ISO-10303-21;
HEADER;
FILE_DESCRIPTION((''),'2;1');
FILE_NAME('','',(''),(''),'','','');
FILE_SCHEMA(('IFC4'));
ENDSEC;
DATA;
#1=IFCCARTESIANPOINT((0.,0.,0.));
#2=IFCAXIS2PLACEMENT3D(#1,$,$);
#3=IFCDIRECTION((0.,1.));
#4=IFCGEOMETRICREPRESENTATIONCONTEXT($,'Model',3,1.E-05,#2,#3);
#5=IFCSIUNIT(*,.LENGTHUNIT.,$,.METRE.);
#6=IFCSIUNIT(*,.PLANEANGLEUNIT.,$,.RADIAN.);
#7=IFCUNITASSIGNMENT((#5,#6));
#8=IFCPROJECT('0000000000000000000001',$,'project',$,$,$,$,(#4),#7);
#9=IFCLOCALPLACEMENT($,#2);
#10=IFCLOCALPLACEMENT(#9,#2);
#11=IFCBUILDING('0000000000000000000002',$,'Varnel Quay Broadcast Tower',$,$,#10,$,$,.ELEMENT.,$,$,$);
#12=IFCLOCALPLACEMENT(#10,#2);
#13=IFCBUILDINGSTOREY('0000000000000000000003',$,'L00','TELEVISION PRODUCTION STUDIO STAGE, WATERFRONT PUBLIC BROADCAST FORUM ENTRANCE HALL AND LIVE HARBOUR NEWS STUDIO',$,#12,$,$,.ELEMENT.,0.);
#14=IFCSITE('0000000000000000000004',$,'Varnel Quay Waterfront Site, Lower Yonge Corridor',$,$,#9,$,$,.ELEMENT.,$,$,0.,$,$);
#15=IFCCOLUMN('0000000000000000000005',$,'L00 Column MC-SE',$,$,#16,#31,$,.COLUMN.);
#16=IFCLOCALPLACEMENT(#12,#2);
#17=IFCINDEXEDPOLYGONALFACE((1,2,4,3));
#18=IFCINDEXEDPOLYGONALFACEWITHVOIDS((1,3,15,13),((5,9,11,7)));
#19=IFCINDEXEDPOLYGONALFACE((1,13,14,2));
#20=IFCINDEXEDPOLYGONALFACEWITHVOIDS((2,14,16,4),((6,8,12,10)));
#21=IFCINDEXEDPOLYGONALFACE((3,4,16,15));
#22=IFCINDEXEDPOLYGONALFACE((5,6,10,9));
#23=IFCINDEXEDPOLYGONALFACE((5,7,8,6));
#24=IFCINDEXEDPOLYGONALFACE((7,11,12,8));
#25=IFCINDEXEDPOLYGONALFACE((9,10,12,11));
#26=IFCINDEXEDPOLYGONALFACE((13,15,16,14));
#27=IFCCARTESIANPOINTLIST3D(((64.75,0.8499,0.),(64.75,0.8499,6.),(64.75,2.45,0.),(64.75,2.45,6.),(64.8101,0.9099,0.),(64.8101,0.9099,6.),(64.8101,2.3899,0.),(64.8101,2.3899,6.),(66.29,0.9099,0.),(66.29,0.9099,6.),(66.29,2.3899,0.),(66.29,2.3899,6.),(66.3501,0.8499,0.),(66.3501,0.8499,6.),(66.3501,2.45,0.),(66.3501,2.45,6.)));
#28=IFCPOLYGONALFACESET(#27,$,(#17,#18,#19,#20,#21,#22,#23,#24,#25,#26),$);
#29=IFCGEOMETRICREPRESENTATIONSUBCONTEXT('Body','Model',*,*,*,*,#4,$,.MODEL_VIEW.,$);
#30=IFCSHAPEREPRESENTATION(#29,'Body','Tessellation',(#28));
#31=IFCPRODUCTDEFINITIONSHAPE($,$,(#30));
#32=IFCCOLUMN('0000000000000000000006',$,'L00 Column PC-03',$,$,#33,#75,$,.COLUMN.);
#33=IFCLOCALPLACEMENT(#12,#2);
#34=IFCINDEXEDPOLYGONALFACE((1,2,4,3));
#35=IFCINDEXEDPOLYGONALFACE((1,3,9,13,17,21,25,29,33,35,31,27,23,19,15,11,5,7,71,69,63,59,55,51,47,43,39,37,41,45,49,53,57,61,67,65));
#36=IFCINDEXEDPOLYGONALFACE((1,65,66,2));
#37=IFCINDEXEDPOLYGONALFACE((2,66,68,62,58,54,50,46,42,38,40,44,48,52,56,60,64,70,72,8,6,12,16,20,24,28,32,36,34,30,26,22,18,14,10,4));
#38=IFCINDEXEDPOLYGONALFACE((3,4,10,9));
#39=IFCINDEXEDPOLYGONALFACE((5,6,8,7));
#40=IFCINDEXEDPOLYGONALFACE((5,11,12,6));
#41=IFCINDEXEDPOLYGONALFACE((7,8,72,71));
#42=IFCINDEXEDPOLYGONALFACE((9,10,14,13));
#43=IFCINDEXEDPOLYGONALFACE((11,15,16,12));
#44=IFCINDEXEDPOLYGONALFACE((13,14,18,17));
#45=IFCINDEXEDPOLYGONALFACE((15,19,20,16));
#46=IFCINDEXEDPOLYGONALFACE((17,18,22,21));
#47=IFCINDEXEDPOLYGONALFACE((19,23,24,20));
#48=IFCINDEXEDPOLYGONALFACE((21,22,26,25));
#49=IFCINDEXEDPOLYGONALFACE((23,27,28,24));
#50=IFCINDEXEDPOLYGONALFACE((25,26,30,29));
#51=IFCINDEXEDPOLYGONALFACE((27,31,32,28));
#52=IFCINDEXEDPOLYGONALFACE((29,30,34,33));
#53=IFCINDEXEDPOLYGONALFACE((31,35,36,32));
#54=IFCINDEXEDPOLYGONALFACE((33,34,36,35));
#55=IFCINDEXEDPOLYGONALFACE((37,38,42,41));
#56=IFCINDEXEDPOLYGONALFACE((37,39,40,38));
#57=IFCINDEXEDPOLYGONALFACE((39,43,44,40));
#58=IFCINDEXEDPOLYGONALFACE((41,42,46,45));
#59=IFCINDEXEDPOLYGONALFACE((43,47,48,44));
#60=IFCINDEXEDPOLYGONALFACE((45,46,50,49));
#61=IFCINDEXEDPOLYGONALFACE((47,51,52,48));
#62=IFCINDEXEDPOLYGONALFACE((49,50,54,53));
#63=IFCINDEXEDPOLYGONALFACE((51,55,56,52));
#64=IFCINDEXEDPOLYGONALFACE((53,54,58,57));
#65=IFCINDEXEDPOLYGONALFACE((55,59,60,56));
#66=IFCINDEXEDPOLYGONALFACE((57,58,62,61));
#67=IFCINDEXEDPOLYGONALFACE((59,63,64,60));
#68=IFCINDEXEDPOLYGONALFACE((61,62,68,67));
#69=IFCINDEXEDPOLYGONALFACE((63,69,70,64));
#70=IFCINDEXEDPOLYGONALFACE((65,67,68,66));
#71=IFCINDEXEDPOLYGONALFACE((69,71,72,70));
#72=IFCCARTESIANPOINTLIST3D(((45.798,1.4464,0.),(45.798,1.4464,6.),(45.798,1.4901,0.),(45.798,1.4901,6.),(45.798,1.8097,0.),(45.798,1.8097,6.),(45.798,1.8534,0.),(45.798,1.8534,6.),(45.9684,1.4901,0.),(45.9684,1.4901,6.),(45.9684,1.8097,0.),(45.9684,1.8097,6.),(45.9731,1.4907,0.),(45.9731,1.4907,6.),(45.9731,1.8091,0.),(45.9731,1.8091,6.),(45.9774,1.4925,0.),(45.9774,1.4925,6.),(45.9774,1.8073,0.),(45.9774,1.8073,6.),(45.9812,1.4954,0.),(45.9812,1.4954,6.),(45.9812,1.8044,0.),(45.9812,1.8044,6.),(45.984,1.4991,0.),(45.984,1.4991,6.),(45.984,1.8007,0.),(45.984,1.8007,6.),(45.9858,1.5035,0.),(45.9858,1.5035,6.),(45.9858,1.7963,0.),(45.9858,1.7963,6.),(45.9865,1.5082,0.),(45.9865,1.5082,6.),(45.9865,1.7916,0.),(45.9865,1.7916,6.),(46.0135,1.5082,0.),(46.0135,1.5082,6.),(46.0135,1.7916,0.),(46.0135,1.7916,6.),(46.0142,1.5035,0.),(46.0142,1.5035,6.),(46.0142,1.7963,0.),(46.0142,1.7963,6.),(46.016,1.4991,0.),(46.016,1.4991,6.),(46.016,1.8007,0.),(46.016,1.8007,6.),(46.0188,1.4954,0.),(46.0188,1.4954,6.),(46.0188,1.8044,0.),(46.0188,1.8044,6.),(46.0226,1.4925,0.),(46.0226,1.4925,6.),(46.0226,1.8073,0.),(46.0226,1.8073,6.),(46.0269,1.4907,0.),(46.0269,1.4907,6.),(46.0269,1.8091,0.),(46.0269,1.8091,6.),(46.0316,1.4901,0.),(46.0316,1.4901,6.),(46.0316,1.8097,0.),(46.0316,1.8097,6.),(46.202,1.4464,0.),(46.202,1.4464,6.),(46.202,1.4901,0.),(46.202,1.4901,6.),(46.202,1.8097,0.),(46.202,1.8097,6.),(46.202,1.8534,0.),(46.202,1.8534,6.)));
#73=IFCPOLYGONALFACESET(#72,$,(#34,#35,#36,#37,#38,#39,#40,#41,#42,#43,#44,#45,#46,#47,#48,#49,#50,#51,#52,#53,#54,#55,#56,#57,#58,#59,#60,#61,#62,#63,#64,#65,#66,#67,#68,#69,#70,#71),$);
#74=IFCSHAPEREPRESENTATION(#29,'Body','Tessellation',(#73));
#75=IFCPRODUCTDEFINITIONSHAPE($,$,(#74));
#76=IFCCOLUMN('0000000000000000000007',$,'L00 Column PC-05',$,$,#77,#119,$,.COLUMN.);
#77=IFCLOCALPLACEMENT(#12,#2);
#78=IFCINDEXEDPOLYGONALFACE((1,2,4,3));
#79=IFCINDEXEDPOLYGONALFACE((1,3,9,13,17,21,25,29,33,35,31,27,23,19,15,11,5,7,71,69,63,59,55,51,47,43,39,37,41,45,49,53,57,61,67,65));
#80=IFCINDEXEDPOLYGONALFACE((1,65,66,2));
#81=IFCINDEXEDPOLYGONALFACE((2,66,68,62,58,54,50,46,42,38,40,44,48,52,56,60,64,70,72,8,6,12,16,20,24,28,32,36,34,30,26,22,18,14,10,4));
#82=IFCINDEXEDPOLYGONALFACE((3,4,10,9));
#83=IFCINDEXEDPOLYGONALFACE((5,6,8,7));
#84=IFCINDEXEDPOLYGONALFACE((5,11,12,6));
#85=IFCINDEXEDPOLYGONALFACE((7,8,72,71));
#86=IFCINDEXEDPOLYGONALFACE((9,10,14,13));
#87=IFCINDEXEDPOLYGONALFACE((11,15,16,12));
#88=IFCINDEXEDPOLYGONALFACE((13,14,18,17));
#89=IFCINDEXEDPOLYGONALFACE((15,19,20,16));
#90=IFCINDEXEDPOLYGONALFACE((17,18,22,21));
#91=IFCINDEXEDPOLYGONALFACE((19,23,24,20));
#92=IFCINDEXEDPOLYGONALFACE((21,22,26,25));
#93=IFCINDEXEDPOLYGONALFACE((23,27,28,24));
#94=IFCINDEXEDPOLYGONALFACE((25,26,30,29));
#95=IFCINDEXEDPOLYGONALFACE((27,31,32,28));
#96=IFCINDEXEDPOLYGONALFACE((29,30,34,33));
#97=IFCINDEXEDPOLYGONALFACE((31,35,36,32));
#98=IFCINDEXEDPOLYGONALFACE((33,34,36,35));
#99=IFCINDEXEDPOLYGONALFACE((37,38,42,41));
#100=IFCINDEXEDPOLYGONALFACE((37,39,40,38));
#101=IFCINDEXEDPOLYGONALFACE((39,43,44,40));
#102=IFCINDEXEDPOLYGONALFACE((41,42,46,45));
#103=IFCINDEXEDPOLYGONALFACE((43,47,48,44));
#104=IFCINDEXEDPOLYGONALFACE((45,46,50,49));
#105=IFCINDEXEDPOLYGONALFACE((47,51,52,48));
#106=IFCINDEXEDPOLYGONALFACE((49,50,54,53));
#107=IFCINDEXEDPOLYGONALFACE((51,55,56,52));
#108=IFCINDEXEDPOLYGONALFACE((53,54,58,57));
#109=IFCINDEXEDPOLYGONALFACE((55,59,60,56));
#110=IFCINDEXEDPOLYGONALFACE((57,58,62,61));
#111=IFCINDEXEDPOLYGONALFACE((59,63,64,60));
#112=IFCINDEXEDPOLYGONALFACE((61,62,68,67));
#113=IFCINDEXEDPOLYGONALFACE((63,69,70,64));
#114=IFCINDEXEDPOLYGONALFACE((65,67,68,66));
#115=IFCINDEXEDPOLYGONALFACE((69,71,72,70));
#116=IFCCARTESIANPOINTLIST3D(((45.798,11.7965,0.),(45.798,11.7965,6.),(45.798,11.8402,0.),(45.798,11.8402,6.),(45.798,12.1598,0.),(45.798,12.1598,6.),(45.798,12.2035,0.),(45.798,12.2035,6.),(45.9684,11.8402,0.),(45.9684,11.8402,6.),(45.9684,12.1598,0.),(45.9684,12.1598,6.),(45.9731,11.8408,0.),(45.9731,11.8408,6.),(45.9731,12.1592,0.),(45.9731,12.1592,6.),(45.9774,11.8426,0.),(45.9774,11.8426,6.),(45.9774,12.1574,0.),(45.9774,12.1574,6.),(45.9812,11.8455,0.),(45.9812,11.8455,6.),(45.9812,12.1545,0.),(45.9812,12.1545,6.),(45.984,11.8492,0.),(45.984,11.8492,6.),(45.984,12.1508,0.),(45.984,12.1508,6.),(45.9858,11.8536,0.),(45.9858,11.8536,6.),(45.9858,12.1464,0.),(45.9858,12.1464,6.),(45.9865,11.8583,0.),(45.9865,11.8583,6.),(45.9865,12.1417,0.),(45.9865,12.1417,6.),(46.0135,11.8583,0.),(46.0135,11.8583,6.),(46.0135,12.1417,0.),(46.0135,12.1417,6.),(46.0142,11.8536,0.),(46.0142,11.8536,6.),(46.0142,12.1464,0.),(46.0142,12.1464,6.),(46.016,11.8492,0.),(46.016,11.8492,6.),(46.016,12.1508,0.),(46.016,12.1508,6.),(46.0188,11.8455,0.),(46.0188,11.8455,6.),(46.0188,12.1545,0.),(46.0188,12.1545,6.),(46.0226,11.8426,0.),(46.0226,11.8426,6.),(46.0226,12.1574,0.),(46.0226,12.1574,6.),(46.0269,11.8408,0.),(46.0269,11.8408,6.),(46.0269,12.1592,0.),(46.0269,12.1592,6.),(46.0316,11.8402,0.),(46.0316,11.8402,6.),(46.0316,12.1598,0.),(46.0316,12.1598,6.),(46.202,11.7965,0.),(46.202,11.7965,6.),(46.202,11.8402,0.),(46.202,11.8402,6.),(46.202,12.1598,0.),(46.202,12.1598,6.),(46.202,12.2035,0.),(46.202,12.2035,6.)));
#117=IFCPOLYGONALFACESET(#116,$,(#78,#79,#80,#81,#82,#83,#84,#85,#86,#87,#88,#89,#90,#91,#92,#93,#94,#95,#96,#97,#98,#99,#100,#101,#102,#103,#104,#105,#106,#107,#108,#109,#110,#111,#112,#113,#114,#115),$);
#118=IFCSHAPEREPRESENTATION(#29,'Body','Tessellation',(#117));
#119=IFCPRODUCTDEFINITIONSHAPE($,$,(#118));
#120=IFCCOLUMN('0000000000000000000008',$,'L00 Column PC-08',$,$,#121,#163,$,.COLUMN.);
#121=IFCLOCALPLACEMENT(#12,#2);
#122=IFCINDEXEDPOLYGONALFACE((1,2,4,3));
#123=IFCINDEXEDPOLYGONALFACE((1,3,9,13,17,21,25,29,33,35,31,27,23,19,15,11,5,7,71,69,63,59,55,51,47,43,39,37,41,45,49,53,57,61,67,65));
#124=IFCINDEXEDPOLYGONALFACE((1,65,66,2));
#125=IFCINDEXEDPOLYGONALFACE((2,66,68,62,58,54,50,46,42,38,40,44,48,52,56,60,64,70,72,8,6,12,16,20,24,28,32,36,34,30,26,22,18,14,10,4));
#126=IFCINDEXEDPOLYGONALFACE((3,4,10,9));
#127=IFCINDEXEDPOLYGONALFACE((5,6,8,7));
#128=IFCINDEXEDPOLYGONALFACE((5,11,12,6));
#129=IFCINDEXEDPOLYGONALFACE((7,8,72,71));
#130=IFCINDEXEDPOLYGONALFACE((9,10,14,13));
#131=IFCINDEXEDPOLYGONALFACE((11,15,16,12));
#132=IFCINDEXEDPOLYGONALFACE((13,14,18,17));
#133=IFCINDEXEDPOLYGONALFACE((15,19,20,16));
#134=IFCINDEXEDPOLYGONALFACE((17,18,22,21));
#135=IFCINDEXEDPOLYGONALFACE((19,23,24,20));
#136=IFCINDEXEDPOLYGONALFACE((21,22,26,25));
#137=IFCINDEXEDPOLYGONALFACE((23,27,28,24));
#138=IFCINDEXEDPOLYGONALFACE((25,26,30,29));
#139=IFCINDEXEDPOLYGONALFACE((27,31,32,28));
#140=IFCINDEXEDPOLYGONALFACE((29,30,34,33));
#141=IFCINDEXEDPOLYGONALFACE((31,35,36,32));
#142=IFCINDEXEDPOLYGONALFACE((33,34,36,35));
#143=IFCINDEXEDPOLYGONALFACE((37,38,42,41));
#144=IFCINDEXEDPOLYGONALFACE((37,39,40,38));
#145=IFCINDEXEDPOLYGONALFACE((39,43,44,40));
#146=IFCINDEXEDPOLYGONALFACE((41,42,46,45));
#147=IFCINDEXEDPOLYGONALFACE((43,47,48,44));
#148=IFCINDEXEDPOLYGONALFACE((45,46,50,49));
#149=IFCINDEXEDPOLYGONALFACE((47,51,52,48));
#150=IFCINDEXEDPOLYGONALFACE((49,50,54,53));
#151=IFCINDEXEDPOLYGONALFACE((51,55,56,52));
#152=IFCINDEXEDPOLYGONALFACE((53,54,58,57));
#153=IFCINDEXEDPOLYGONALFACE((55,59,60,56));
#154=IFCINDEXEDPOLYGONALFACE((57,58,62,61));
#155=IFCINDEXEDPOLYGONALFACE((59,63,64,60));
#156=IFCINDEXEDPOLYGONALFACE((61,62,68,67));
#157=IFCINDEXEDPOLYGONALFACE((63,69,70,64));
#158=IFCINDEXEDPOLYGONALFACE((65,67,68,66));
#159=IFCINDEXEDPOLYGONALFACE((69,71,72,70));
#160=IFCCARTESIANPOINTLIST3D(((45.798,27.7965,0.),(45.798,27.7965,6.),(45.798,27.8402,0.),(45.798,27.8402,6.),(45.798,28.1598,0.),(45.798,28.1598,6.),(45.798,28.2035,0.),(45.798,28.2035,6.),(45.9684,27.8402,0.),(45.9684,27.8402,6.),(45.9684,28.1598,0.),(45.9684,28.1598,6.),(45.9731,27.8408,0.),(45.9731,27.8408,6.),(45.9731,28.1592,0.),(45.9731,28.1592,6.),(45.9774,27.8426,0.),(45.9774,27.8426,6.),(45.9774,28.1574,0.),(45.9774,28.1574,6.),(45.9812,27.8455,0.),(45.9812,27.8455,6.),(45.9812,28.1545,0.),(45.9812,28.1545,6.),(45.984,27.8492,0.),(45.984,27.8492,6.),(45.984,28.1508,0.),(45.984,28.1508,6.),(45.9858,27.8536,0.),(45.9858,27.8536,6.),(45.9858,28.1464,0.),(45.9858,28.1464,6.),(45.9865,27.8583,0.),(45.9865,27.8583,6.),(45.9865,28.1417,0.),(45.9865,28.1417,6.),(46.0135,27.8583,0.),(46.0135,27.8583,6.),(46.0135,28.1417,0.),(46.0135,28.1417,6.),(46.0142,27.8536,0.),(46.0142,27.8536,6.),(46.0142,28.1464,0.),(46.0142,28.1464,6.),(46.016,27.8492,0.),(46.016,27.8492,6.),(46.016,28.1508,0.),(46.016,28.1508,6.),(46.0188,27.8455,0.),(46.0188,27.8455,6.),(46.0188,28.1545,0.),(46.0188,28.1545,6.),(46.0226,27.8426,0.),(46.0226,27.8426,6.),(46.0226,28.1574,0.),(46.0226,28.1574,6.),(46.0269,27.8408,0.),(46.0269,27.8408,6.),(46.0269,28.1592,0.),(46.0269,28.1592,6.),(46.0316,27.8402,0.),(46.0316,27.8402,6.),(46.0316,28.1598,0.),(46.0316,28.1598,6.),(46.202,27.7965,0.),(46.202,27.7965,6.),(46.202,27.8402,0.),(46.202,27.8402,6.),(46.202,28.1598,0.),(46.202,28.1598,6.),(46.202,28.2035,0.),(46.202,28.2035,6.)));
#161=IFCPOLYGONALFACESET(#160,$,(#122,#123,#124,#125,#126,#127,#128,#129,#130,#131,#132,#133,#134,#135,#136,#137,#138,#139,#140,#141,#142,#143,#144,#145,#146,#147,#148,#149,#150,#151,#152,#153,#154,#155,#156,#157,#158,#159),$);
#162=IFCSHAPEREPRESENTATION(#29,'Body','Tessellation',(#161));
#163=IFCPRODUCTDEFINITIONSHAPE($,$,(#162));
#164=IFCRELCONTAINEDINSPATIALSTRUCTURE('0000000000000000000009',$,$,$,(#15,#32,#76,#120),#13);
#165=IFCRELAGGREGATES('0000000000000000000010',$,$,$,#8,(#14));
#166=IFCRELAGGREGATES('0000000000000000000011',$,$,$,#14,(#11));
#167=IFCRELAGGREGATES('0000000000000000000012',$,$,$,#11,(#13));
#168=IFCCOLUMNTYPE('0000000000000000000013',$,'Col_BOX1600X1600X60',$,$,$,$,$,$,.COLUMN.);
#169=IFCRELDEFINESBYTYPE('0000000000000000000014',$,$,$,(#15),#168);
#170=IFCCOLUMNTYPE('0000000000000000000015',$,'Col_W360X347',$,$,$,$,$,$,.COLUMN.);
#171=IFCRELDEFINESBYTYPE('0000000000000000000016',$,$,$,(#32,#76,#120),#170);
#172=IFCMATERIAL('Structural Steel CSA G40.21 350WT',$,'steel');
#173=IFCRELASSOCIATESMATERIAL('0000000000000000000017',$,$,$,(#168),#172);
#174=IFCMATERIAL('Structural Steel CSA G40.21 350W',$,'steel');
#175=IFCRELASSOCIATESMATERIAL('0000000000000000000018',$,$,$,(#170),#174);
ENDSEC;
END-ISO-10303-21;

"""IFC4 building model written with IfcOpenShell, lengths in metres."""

from ifc_helpers import new_model, si_unit, direction, frame, origin, origin_2d, place, context, subcontext, project, spatial, hollow_rectangle, i_section, extrude, source, transform, mapped, material, material_profile, profile_set, type_object, type_shapes, element, save


model = new_model("IFC4")

# Units and contexts
model_context = context("Model", 3, precision=1e-05, world=origin(), true_north=direction((0.0, 1.0)))
body_context = subcontext(model_context, "Body", "Model", "MODEL_VIEW")
ifc_project = project(units=[si_unit("LENGTHUNIT", "METRE"), si_unit("PLANEANGLEUNIT", "RADIAN")], contexts=[model_context])

# Site, building, storey
site_placement = place(None, origin())
site = spatial("IfcSite", under=ifc_project, at=site_placement, Name="Varnel Quay Waterfront Site, Lower Yonge Corridor", CompositionType="ELEMENT", RefElevation=0.0)
building_placement = place(site_placement, origin())
building = spatial("IfcBuilding", under=site, at=building_placement, Name="Varnel Quay Broadcast Tower", CompositionType="ELEMENT")
storey_placement = place(building_placement, origin())
storey = spatial("IfcBuildingStorey", under=building, at=storey_placement, Name="L00", Description="TELEVISION PRODUCTION STUDIO STAGE, WATERFRONT PUBLIC BROADCAST FORUM ENTRANCE HALL AND LIVE HARBOUR NEWS STUDIO", CompositionType="ELEMENT", Elevation=0.0)

# Columns
ifc_material_1 = material(Name="Structural Steel CSA G40.21 350WT", Category="steel")
ifc_material_profile_1 = material_profile(ifc_material_1, hollow_rectangle(XDim=1.6001, YDim=1.6001, WallThickness=0.0601, at=origin_2d()), Name="BOX1600X1600X60")
ifc_profile_set_1 = profile_set([ifc_material_profile_1], Name="Structural Steel CSA G40.21 350WT")
column_type_1 = type_object("IfcColumnType", Name="Col_BOX1600X1600X60", PredefinedType="COLUMN", material=ifc_profile_set_1)
shared_shape_1 = source(origin(), body_context, "Body", "SweptSolid", [
    extrude(hollow_rectangle(XDim=1.6001, YDim=1.6001, WallThickness=0.0601, at=origin_2d()), origin(), (0.0, 0.0, 1.0), 6.0),
])
type_shapes(column_type_1, [shared_shape_1])
column_placement = place(storey_placement, frame((65.55, 1.6499, 0.0), z_axis=(0.0, 0.0, 1.0), x_axis=(1.0, 0.0, 0.0)))
element("IfcColumn", 1, at=column_placement, inside=storey, type_object=column_type_1, Name="L00 Column MC-SE", PredefinedType="COLUMN", context=body_context, shape_type="MappedRepresentation", body=[
    mapped(shared_shape_1, transform((0.0, 0.0, 0.0), x_axis=(1.0, 0.0, 0.0), y_axis=(0.0, 1.0, 0.0), z_axis=(0.0, 0.0, 1.0), scale=1.0)),
])
ifc_material_2 = material(Name="Structural Steel CSA G40.21 350W", Category="steel")
ifc_material_profile_2 = material_profile(ifc_material_2, i_section(OverallWidth=0.4041, OverallDepth=0.407, WebThickness=0.0271, FlangeThickness=0.0437, FilletRadius=0.0181, at=origin_2d()), Name="W360X347")
ifc_profile_set_2 = profile_set([ifc_material_profile_2], Name="Structural Steel CSA G40.21 350W")
column_type_2 = type_object("IfcColumnType", Name="Col_W360X347", PredefinedType="COLUMN", material=ifc_profile_set_2)
shared_shape_2 = source(origin(), body_context, "Body", "SweptSolid", [
    extrude(i_section(OverallWidth=0.4041, OverallDepth=0.407, WebThickness=0.0271, FlangeThickness=0.0437, FilletRadius=0.0181, at=origin_2d()), origin(), (0.0, 0.0, 1.0), 6.0),
])
type_shapes(column_type_2, [shared_shape_2])
for number, where, z_axis, x_axis, name in (
    (2, (46.0, 1.6499, 0.0), (0.0, 0.0, 1.0), (1.0, 0.0, 0.0), "L00 Column PC-03"),
    (3, (46.0, 12.0, 0.0), (0.0, 0.0, 1.0), (1.0, 0.0, 0.0), "L00 Column PC-05"),
    (4, (46.0, 28.0, 0.0), (0.0, 0.0, 1.0), (1.0, 0.0, 0.0), "L00 Column PC-08"),
):
    element("IfcColumn", number, at=place(storey_placement, frame(where, z_axis=z_axis, x_axis=x_axis)), inside=storey, type_object=column_type_2, Name=name, PredefinedType="COLUMN", context=body_context, shape_type="MappedRepresentation", body=[
        mapped(shared_shape_2, transform((0.0, 0.0, 0.0), x_axis=(1.0, 0.0, 0.0), y_axis=(0.0, 1.0, 0.0), z_axis=(0.0, 0.0, 1.0), scale=1.0)),
    ])

save(model, "model.ifc")
